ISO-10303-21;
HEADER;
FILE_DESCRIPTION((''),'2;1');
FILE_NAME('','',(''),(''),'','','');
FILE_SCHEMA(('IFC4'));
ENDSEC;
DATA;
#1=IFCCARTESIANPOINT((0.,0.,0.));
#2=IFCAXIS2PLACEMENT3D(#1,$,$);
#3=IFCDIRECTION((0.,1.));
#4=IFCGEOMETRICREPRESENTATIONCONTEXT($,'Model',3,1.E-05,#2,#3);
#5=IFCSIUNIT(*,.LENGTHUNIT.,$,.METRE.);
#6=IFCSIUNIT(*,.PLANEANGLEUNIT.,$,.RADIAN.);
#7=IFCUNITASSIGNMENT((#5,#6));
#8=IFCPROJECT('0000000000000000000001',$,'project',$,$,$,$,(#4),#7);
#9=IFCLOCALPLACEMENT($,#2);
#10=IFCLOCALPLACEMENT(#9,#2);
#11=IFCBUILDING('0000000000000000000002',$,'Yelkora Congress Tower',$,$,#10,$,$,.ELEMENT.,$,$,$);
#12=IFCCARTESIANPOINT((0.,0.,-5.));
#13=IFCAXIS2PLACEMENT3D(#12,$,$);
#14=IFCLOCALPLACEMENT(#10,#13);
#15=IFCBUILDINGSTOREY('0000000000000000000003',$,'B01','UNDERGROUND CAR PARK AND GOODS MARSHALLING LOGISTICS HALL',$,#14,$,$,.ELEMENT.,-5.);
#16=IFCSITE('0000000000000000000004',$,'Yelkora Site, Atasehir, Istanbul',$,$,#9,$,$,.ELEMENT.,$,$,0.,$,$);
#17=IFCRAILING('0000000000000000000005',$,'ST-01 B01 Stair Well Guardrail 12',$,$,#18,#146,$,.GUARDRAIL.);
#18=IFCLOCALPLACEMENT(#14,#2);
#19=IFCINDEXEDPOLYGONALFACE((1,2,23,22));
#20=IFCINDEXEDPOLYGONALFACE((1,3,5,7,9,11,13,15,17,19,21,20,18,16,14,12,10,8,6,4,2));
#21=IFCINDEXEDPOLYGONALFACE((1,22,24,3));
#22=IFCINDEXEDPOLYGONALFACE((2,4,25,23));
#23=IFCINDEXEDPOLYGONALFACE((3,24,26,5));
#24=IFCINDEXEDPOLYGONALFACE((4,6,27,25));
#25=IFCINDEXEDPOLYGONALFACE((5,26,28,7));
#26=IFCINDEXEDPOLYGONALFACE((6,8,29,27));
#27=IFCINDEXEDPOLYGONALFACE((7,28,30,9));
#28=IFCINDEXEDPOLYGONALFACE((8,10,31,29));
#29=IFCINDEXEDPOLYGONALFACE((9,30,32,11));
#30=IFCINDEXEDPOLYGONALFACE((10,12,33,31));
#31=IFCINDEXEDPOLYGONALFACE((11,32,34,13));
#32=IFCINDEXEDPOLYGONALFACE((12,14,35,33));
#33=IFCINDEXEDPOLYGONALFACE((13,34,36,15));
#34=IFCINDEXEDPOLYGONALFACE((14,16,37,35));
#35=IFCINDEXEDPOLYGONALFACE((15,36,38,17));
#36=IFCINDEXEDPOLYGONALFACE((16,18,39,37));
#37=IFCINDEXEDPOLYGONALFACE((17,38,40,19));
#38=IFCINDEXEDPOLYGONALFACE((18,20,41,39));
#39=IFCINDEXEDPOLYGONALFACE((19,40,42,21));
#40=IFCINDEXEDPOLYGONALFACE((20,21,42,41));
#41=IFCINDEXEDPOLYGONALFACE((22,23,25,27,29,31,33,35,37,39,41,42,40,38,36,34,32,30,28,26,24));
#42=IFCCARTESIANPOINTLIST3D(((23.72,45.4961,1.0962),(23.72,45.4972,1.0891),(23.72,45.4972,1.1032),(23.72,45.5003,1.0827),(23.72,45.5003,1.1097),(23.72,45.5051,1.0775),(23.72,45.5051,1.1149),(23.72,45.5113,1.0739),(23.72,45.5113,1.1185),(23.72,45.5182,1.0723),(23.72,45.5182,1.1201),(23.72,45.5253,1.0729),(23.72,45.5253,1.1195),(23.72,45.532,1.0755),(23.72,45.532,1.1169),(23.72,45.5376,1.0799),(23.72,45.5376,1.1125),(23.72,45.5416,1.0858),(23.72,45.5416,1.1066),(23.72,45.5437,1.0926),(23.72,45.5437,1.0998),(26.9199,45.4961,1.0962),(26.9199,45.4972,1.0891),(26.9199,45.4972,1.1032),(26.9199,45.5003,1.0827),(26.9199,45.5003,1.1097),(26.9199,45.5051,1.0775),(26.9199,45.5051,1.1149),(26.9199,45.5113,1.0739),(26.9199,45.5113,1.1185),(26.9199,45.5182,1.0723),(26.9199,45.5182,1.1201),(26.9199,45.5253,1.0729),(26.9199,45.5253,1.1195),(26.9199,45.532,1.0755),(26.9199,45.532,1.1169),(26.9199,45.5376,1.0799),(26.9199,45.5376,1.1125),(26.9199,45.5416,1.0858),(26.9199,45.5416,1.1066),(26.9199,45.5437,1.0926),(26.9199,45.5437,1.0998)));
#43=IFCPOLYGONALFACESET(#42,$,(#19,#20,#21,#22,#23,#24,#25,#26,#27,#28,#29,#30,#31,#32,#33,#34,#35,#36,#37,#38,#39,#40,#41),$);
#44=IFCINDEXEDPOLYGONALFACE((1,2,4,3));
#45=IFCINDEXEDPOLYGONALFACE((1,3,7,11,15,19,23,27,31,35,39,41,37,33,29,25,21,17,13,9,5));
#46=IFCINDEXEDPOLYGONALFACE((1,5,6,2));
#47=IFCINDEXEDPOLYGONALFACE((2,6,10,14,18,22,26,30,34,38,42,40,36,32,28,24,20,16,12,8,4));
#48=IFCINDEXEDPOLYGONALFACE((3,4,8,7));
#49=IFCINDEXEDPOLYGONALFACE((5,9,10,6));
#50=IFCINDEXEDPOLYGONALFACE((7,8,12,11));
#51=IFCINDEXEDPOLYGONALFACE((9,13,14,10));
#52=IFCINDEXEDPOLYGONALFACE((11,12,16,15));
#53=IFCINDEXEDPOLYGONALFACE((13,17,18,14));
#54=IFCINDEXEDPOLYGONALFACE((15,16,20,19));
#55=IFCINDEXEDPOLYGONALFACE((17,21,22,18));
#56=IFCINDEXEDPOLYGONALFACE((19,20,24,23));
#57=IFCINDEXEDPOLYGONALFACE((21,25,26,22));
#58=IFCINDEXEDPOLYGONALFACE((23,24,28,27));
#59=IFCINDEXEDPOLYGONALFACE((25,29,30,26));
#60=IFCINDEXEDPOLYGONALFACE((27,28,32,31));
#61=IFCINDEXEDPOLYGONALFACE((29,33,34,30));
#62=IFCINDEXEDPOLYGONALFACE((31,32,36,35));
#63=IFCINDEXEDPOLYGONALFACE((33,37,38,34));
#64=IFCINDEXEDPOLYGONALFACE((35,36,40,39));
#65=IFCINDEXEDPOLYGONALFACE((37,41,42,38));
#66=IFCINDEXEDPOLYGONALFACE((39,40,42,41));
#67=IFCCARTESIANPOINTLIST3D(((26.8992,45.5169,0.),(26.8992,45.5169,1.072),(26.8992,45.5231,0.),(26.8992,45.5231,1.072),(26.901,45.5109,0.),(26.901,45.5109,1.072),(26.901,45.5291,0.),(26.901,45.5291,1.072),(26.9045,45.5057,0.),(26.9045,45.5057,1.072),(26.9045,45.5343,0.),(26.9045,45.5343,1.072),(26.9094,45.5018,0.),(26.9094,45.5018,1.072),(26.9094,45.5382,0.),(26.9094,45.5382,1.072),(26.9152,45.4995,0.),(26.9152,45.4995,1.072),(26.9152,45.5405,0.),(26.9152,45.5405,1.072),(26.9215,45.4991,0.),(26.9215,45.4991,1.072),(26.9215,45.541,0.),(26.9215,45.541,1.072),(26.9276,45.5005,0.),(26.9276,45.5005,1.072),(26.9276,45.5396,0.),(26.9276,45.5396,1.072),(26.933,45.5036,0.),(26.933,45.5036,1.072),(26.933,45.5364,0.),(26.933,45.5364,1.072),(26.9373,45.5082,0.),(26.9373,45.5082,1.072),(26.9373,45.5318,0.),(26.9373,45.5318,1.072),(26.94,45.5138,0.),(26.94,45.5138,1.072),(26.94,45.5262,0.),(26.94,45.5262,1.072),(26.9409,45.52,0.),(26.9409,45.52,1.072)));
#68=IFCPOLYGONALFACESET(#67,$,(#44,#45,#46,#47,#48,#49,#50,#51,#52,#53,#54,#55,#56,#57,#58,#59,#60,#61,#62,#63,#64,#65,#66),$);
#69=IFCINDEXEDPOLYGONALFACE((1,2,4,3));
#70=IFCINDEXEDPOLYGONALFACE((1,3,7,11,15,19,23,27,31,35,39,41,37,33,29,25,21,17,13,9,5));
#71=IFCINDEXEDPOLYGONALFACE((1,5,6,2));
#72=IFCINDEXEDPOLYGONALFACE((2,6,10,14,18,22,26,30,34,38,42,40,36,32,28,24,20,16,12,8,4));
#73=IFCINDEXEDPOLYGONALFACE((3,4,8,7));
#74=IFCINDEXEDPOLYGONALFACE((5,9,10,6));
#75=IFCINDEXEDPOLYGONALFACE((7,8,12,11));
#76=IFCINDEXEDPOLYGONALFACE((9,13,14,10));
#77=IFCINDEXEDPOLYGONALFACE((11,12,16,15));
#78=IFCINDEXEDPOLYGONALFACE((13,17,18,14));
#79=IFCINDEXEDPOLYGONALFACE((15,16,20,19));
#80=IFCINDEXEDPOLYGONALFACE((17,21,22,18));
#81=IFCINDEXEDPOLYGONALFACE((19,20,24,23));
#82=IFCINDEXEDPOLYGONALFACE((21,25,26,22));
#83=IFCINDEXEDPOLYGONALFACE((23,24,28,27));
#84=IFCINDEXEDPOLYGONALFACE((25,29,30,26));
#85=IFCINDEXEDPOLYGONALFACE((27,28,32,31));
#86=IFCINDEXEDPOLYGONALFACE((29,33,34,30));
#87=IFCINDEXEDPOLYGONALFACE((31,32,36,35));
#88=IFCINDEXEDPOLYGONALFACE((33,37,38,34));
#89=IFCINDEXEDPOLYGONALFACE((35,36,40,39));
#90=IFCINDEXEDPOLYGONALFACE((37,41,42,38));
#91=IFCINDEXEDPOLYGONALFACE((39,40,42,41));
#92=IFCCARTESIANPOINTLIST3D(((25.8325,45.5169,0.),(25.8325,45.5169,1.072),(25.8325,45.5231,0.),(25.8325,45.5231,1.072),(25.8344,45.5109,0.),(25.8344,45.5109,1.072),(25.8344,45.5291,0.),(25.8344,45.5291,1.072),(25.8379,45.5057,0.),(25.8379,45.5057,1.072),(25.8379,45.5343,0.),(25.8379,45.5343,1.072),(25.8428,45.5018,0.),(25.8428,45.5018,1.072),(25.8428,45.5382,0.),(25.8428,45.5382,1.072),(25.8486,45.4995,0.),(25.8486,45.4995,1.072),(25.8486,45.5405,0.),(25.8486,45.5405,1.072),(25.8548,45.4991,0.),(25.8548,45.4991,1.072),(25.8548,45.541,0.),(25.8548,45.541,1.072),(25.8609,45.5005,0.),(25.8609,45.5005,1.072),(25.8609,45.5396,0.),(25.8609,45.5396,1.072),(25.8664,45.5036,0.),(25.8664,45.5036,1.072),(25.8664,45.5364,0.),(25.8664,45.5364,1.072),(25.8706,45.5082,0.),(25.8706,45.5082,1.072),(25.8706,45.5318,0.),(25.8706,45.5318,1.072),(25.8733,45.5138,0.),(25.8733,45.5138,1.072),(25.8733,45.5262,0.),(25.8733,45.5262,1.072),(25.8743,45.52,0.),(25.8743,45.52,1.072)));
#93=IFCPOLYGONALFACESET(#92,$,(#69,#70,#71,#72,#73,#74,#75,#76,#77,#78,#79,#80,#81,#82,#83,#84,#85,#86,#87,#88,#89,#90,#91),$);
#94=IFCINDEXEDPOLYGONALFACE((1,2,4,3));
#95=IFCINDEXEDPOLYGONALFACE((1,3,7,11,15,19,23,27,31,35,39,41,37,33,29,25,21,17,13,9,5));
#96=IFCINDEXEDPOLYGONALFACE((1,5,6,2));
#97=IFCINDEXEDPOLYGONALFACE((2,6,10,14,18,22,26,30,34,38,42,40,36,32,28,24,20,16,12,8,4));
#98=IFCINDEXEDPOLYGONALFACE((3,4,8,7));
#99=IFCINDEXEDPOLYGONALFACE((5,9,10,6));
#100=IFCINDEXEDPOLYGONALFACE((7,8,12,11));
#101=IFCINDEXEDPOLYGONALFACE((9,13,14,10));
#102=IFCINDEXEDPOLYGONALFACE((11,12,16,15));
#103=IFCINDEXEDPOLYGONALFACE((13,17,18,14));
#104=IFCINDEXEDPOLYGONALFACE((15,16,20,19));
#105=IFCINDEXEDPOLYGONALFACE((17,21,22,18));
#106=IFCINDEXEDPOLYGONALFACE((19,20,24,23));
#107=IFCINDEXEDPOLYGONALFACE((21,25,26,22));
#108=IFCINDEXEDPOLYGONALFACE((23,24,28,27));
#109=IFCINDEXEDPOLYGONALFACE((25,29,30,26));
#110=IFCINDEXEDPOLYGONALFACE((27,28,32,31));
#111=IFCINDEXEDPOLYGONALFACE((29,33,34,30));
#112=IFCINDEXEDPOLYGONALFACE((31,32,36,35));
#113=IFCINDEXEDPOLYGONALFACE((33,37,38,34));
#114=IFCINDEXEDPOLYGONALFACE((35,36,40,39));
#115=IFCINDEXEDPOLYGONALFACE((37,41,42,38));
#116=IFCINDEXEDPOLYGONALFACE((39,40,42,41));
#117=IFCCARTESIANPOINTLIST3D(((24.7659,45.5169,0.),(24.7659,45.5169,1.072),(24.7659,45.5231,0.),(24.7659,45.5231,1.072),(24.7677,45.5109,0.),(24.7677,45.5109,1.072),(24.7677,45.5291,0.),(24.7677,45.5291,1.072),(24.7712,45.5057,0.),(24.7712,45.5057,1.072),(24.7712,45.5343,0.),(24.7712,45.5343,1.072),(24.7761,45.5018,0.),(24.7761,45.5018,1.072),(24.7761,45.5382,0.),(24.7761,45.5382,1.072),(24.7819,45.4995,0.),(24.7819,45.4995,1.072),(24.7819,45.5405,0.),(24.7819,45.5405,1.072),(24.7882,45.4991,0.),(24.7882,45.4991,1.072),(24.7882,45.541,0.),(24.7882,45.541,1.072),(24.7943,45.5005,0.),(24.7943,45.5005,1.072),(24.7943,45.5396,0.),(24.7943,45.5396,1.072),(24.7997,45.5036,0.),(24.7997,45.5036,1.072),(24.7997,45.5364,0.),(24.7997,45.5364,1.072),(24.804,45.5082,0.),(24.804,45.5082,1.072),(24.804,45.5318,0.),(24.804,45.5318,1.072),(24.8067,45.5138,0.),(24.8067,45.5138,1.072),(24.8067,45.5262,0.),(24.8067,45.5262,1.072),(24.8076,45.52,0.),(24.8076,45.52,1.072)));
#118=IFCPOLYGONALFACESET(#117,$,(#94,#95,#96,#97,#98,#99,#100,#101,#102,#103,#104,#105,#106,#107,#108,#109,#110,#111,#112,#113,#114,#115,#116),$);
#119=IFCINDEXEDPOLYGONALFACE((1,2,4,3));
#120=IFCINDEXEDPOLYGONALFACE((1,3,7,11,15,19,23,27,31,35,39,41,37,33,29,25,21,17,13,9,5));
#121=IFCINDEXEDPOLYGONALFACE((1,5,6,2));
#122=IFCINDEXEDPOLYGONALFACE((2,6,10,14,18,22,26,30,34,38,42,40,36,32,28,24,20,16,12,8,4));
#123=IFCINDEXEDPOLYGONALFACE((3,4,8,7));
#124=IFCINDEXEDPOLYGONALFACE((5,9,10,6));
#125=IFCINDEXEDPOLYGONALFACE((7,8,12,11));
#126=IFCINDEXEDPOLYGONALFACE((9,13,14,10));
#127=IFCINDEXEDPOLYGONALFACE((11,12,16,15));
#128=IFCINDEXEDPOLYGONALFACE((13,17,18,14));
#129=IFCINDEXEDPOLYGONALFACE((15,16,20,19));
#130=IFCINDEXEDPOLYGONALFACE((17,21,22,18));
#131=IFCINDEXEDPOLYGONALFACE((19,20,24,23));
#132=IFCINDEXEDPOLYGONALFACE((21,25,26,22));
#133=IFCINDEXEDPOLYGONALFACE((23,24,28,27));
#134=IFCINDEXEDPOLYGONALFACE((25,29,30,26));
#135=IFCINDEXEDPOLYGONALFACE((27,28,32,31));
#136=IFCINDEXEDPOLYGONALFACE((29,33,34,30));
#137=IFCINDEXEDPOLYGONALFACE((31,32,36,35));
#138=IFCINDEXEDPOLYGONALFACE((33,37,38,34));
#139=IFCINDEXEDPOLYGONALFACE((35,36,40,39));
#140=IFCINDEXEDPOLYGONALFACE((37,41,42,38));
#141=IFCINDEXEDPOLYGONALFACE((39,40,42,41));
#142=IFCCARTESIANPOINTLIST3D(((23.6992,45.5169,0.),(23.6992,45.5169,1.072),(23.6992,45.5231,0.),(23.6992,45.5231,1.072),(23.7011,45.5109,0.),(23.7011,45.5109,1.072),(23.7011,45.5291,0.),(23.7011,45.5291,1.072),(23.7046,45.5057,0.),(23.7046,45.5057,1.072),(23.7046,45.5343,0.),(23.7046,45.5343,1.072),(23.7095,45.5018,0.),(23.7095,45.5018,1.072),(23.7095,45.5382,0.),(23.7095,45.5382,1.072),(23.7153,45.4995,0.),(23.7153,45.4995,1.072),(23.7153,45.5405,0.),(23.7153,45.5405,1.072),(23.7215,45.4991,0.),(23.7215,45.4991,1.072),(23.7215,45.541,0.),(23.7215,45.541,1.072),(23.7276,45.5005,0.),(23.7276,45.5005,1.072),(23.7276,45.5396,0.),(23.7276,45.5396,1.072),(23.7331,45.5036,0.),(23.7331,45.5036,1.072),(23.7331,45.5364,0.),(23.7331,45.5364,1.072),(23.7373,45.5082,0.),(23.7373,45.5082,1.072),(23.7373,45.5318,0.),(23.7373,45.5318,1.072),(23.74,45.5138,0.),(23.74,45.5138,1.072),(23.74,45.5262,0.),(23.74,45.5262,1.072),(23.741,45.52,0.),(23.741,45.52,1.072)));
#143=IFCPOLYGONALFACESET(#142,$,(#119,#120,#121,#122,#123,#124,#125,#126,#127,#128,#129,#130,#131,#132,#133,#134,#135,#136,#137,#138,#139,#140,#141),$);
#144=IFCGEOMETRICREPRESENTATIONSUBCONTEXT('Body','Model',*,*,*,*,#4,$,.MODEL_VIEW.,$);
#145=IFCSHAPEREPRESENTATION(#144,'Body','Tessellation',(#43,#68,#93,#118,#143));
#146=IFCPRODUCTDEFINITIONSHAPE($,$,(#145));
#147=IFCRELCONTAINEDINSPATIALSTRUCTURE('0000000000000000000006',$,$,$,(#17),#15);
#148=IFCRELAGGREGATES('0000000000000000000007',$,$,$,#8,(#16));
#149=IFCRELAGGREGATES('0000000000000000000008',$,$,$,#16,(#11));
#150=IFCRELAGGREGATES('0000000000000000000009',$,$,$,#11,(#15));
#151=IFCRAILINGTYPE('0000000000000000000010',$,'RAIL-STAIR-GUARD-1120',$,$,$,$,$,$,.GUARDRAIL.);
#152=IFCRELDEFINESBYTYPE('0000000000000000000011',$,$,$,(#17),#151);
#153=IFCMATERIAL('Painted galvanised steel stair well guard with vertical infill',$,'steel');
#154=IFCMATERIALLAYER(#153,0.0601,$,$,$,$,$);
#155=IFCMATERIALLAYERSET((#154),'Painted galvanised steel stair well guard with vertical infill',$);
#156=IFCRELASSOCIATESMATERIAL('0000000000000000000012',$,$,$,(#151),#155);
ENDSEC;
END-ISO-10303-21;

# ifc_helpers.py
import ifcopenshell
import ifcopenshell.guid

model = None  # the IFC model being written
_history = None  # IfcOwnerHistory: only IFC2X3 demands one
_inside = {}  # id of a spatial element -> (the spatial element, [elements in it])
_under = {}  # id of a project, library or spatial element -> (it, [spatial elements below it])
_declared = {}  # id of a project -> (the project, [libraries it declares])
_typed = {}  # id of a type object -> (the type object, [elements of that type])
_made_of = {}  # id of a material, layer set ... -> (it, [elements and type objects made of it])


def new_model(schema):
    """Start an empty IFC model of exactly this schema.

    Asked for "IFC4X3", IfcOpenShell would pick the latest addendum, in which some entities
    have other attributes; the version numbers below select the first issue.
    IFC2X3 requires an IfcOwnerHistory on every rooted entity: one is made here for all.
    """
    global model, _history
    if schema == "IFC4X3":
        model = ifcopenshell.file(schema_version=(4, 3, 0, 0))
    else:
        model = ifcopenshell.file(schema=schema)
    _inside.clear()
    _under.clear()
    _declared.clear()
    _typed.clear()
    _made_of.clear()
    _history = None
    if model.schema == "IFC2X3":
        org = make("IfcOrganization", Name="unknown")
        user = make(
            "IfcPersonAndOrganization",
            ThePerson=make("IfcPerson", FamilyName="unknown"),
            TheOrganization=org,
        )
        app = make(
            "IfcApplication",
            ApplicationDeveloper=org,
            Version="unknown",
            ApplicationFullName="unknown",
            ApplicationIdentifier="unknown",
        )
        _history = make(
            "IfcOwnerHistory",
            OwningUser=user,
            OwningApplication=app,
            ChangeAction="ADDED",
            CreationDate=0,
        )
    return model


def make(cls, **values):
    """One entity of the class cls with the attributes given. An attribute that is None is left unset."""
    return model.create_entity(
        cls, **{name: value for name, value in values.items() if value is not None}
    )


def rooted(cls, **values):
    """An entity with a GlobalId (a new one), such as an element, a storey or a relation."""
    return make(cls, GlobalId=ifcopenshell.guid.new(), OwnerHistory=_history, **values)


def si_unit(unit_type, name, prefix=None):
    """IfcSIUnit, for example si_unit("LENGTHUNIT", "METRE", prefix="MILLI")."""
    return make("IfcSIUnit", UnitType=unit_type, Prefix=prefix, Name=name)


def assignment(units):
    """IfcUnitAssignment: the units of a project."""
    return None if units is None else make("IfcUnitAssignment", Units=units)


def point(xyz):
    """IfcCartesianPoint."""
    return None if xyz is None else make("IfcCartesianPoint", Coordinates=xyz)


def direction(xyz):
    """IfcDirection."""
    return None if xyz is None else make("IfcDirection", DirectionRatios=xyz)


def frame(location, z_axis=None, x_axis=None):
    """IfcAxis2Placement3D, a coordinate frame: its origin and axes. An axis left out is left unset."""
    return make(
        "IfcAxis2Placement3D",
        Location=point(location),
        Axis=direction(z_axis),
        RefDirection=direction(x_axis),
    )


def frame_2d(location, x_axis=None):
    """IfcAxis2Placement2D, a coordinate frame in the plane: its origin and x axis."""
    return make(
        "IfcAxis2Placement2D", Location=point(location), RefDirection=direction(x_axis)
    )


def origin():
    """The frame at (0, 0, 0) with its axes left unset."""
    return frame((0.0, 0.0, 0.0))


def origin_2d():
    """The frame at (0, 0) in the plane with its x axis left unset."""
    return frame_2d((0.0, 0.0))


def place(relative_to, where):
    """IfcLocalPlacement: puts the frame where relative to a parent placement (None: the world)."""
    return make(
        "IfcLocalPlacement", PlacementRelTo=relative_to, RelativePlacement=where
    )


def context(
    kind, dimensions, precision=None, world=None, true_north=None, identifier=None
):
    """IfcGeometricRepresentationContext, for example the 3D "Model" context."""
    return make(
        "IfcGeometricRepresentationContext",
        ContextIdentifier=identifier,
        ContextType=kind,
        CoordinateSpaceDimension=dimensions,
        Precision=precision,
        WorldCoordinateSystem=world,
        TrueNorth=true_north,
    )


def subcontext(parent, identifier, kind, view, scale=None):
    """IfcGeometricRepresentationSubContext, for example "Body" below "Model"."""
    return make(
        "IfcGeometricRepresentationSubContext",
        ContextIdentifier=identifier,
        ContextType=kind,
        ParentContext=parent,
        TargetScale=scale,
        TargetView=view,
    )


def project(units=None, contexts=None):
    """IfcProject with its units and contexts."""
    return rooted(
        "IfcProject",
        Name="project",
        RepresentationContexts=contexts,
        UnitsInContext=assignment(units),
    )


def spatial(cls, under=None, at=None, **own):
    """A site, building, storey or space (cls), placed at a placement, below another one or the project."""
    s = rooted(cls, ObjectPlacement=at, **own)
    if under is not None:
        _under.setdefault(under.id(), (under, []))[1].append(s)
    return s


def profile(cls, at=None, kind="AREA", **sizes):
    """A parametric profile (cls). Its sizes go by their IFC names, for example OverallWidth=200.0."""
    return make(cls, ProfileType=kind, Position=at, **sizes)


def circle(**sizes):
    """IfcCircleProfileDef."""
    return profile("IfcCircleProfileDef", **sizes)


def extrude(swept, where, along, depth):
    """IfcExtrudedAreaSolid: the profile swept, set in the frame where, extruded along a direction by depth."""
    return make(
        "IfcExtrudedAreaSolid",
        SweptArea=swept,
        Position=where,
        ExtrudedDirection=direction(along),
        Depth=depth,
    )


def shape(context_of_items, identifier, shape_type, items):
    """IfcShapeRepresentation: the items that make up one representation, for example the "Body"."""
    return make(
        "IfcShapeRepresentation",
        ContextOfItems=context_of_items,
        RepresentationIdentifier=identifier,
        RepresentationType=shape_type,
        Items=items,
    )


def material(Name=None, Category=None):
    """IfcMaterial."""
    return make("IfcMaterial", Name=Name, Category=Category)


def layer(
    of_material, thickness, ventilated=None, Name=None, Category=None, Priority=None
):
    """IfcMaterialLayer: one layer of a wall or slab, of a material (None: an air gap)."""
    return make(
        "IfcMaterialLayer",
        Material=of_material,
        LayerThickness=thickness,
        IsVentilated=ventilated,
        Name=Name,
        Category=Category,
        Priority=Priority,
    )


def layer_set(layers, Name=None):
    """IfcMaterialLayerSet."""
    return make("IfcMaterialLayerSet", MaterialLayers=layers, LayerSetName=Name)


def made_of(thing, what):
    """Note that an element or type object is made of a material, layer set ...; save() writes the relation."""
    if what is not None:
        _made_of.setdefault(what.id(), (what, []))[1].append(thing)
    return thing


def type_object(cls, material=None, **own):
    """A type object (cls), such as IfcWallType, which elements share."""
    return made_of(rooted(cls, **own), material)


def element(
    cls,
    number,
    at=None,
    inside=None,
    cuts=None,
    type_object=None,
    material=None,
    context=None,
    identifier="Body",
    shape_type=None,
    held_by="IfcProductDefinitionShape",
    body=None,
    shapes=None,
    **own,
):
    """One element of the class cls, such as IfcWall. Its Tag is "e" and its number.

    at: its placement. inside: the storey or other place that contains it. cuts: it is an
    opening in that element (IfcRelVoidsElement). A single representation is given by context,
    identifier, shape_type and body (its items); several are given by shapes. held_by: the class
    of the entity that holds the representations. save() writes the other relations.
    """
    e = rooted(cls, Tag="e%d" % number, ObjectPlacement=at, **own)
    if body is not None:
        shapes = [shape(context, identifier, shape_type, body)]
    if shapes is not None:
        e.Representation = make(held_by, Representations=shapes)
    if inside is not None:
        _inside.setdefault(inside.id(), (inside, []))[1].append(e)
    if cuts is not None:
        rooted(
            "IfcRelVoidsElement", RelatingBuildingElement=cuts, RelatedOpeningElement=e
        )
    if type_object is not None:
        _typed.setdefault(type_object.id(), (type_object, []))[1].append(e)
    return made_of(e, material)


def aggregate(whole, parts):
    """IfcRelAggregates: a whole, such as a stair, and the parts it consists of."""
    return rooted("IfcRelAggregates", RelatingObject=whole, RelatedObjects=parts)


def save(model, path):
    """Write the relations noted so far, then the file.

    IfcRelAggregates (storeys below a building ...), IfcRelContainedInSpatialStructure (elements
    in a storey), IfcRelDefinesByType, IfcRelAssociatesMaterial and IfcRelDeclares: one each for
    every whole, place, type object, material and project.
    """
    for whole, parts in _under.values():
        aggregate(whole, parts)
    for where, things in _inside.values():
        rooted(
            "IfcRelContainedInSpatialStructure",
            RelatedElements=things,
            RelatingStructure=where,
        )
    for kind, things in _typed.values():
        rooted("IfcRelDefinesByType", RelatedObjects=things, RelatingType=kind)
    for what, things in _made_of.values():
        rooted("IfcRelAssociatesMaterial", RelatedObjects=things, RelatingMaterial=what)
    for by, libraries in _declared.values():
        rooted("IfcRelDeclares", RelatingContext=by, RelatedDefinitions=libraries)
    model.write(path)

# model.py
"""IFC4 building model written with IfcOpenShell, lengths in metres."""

from ifc_helpers import new_model, si_unit, direction, frame, origin, origin_2d, place, context, subcontext, project, spatial, circle, extrude, material, layer, layer_set, type_object, element, save


model = new_model("IFC4")

# Units and contexts
model_context = context("Model", 3, precision=1e-05, world=origin(), true_north=direction((0.0, 1.0)))
body_context = subcontext(model_context, "Body", "Model", "MODEL_VIEW")
ifc_project = project(units=[si_unit("LENGTHUNIT", "METRE"), si_unit("PLANEANGLEUNIT", "RADIAN")], contexts=[model_context])

# Site, building, storey
site_placement = place(None, origin())
site = spatial("IfcSite", under=ifc_project, at=site_placement, Name="Yelkora Site, Atasehir, Istanbul", CompositionType="ELEMENT", RefElevation=0.0)
building_placement = place(site_placement, origin())
building = spatial("IfcBuilding", under=site, at=building_placement, Name="Yelkora Congress Tower", CompositionType="ELEMENT")
storey_placement = place(building_placement, frame((0.0, 0.0, -5.0)))
storey = spatial("IfcBuildingStorey", under=building, at=storey_placement, Name="B01", Description="UNDERGROUND CAR PARK AND GOODS MARSHALLING LOGISTICS HALL", CompositionType="ELEMENT", Elevation=-5.0)

# Railing
ifc_material_1 = material(Name="Painted galvanised steel stair well guard with vertical infill", Category="steel")
ifc_layer_1 = layer(ifc_material_1, 0.0601)
ifc_layer_set_1 = layer_set([ifc_layer_1], Name="Painted galvanised steel stair well guard with vertical infill")
railing_type_1 = type_object("IfcRailingType", Name="RAIL-STAIR-GUARD-1120", PredefinedType="GUARDRAIL", material=ifc_layer_set_1)
railing_1_placement = place(storey_placement, frame((26.9199, 45.52, 0.0)))
element("IfcRailing", 1, at=railing_1_placement, inside=storey, type_object=railing_type_1, Name="ST-01 B01 Stair Well Guardrail 12", PredefinedType="GUARDRAIL", context=body_context, shape_type="SweptSolid", body=[
    extrude(circle(Radius=0.0239, at=origin_2d()), frame((0.0, 0.0, 1.0962), z_axis=(-1.0, 0.0, 0.0), x_axis=(0.0, -1.0, 0.0)), (0.0, 0.0, 1.0), 3.2),
    extrude(circle(Radius=0.021, at=origin_2d()), origin(), (0.0, 0.0, 1.0), 1.072),
    extrude(circle(Radius=0.021, at=origin_2d()), frame((-1.0667, 0.0, 0.0)), (0.0, 0.0, 1.0), 1.072),
    extrude(circle(Radius=0.021, at=origin_2d()), frame((-2.1333, 0.0, 0.0)), (0.0, 0.0, 1.0), 1.072),
    extrude(circle(Radius=0.021, at=origin_2d()), frame((-3.2, 0.0, 0.0)), (0.0, 0.0, 1.0), 1.072),
])

save(model, "model.ifc")
